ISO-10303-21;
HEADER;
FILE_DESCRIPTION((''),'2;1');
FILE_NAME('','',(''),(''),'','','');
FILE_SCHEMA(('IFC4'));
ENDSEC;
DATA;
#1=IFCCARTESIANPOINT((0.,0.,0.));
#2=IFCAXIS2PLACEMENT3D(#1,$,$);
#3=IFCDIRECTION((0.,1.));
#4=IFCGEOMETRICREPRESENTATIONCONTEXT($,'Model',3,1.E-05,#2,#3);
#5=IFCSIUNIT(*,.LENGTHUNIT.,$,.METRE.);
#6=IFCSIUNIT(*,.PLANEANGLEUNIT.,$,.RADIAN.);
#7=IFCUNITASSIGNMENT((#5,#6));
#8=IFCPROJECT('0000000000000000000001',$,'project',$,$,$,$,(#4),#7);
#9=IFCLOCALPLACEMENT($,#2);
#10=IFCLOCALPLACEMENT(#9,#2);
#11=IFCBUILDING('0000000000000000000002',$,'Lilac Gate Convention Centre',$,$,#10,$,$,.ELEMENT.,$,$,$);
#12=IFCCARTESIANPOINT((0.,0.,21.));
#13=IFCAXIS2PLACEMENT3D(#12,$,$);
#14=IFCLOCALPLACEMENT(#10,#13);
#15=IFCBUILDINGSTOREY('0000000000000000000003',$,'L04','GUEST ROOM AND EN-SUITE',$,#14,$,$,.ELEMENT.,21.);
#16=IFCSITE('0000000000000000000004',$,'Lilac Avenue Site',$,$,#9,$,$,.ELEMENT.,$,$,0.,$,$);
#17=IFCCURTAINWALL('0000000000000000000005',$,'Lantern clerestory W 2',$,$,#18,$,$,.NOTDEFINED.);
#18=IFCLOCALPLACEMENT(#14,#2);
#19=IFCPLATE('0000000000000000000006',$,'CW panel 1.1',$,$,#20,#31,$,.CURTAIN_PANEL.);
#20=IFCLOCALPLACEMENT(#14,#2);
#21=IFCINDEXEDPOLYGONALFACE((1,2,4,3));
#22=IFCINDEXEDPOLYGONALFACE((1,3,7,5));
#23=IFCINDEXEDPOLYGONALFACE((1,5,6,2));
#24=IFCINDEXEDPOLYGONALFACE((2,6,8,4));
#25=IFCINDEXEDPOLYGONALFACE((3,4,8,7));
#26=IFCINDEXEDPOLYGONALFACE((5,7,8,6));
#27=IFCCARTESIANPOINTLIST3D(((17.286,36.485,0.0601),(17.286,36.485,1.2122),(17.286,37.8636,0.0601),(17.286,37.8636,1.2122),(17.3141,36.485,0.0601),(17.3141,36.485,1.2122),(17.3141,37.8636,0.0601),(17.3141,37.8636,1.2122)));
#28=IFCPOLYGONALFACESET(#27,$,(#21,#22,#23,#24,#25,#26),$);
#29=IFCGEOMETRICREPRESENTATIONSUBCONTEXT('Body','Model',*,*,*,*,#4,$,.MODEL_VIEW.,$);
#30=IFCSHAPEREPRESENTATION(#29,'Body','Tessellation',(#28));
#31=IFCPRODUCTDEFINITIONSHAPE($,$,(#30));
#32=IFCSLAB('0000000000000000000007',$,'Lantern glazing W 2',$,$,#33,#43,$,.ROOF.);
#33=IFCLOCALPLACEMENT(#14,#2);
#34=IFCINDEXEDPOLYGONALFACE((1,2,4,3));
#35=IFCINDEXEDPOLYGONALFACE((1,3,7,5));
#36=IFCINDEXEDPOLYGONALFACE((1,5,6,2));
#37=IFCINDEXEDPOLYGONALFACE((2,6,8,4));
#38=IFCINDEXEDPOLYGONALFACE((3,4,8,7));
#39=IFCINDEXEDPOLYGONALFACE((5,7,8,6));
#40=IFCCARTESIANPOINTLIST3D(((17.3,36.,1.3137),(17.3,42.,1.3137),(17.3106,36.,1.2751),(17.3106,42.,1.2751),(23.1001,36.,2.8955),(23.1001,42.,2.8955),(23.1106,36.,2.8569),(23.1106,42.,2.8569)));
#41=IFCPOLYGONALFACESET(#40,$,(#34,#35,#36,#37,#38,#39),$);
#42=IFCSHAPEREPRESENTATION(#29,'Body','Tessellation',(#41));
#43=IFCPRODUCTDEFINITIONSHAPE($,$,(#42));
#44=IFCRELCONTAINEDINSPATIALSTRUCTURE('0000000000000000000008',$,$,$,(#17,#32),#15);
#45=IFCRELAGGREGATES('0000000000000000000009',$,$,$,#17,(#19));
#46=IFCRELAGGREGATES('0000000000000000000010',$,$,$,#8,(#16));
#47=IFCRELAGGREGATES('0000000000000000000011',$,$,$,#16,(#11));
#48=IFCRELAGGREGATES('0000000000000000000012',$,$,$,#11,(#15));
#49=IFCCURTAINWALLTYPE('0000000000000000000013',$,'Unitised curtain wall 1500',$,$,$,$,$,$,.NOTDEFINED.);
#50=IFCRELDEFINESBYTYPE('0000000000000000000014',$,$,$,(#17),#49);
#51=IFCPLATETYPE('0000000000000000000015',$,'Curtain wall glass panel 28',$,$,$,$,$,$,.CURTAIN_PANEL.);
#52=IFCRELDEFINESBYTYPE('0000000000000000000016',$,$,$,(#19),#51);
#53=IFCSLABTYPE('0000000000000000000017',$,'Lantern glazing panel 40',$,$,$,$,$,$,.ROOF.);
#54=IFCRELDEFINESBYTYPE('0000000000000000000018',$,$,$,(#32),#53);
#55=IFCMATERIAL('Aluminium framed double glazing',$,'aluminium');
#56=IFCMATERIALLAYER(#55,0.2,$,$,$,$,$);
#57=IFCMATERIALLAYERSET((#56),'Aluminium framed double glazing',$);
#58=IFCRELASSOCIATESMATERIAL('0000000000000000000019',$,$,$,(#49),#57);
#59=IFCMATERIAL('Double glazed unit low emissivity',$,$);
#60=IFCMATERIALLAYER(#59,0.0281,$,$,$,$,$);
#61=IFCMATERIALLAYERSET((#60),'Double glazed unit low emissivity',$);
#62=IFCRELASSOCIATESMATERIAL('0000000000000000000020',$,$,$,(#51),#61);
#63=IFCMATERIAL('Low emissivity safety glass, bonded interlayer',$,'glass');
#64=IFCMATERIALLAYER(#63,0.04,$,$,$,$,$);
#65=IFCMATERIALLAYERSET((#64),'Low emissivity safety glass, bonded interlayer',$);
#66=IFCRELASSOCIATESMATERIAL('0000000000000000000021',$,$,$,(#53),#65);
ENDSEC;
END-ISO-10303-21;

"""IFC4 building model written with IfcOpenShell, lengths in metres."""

from ifc_helpers import new_model, si_unit, direction, frame, origin, origin_2d, place, context, subcontext, project, spatial, polyline, rectangle, outline, extrude, material, layer, layer_set, type_object, element, aggregate, save


model = new_model("IFC4")

# Units and contexts
model_context = context("Model", 3, precision=1e-05, world=origin(), true_north=direction((0.0, 1.0)))
body_context = subcontext(model_context, "Body", "Model", "MODEL_VIEW")
ifc_project = project(units=[si_unit("LENGTHUNIT", "METRE"), si_unit("PLANEANGLEUNIT", "RADIAN")], contexts=[model_context])

# Site, building, storey
site_placement = place(None, origin())
site = spatial("IfcSite", under=ifc_project, at=site_placement, Name="Lilac Avenue Site", CompositionType="ELEMENT", RefElevation=0.0)
building_placement = place(site_placement, origin())
building = spatial("IfcBuilding", under=site, at=building_placement, Name="Lilac Gate Convention Centre", CompositionType="ELEMENT")
storey_placement = place(building_placement, frame((0.0, 0.0, 21.0)))
storey = spatial("IfcBuildingStorey", under=building, at=storey_placement, Name="L04", Description="GUEST ROOM AND EN-SUITE", CompositionType="ELEMENT", Elevation=21.0)

# Curtain wall
ifc_material_1 = material(Name="Aluminium framed double glazing", Category="aluminium")
ifc_layer_1 = layer(ifc_material_1, 0.2)
ifc_layer_set_1 = layer_set([ifc_layer_1], Name="Aluminium framed double glazing")
curtain_wall_type = type_object("IfcCurtainWallType", Name="Unitised curtain wall 1500", PredefinedType="NOTDEFINED", material=ifc_layer_set_1)
curtain_wall_1_placement = place(storey_placement, origin())
curtain_wall_1 = element("IfcCurtainWall", 1, at=curtain_wall_1_placement, inside=storey, type_object=curtain_wall_type, Name="Lantern clerestory W 2", PredefinedType="NOTDEFINED")

# Plate
ifc_material_2 = material(Name="Double glazed unit low emissivity")
ifc_layer_2 = layer(ifc_material_2, 0.0281)
ifc_layer_set_2 = layer_set([ifc_layer_2], Name="Double glazed unit low emissivity")
plate_type = type_object("IfcPlateType", Name="Curtain wall glass panel 28", PredefinedType="CURTAIN_PANEL", material=ifc_layer_set_2)
plate_1_placement = place(storey_placement, frame((17.3, 37.1743, 0.0601), z_axis=(0.0, 0.0, 1.0), x_axis=(0.0, 1.0, 0.0)))
plate_1 = element("IfcPlate", 2, at=plate_1_placement, type_object=plate_type, Name="CW panel 1.1", PredefinedType="CURTAIN_PANEL", context=body_context, shape_type="SweptSolid", body=[
    extrude(rectangle(XDim=1.3787, YDim=0.0281, at=origin_2d()), origin(), (0.0, 0.0, 1.0), 1.1521),
])
aggregate(curtain_wall_1, [plate_1])

# Slab
ifc_material_3 = material(Name="Low emissivity safety glass, bonded interlayer", Category="glass")
ifc_layer_3 = layer(ifc_material_3, 0.04)
ifc_layer_set_3 = layer_set([ifc_layer_3], Name="Low emissivity safety glass, bonded interlayer")
slab_type = type_object("IfcSlabType", Name="Lantern glazing panel 40", PredefinedType="ROOF", material=ifc_layer_set_3)
slab_placement = place(storey_placement, frame((17.3, 36.0, 1.3137), z_axis=(-0.263111, 0.0, 0.964766), x_axis=(0.964766, 0.0, 0.263111)))
element("IfcSlab", 3, at=slab_placement, inside=storey, type_object=slab_type, Name="Lantern glazing W 2", PredefinedType="ROOF", context=body_context, shape_type="SweptSolid", body=[
    extrude(outline(polyline([(0.0, 0.0), (6.0119, 0.0), (6.0119, 6.0), (0.0, 6.0), (0.0, 0.0)])), origin(), (0.0, 0.0, -1.0), 0.04),
])

save(model, "model.ifc")
